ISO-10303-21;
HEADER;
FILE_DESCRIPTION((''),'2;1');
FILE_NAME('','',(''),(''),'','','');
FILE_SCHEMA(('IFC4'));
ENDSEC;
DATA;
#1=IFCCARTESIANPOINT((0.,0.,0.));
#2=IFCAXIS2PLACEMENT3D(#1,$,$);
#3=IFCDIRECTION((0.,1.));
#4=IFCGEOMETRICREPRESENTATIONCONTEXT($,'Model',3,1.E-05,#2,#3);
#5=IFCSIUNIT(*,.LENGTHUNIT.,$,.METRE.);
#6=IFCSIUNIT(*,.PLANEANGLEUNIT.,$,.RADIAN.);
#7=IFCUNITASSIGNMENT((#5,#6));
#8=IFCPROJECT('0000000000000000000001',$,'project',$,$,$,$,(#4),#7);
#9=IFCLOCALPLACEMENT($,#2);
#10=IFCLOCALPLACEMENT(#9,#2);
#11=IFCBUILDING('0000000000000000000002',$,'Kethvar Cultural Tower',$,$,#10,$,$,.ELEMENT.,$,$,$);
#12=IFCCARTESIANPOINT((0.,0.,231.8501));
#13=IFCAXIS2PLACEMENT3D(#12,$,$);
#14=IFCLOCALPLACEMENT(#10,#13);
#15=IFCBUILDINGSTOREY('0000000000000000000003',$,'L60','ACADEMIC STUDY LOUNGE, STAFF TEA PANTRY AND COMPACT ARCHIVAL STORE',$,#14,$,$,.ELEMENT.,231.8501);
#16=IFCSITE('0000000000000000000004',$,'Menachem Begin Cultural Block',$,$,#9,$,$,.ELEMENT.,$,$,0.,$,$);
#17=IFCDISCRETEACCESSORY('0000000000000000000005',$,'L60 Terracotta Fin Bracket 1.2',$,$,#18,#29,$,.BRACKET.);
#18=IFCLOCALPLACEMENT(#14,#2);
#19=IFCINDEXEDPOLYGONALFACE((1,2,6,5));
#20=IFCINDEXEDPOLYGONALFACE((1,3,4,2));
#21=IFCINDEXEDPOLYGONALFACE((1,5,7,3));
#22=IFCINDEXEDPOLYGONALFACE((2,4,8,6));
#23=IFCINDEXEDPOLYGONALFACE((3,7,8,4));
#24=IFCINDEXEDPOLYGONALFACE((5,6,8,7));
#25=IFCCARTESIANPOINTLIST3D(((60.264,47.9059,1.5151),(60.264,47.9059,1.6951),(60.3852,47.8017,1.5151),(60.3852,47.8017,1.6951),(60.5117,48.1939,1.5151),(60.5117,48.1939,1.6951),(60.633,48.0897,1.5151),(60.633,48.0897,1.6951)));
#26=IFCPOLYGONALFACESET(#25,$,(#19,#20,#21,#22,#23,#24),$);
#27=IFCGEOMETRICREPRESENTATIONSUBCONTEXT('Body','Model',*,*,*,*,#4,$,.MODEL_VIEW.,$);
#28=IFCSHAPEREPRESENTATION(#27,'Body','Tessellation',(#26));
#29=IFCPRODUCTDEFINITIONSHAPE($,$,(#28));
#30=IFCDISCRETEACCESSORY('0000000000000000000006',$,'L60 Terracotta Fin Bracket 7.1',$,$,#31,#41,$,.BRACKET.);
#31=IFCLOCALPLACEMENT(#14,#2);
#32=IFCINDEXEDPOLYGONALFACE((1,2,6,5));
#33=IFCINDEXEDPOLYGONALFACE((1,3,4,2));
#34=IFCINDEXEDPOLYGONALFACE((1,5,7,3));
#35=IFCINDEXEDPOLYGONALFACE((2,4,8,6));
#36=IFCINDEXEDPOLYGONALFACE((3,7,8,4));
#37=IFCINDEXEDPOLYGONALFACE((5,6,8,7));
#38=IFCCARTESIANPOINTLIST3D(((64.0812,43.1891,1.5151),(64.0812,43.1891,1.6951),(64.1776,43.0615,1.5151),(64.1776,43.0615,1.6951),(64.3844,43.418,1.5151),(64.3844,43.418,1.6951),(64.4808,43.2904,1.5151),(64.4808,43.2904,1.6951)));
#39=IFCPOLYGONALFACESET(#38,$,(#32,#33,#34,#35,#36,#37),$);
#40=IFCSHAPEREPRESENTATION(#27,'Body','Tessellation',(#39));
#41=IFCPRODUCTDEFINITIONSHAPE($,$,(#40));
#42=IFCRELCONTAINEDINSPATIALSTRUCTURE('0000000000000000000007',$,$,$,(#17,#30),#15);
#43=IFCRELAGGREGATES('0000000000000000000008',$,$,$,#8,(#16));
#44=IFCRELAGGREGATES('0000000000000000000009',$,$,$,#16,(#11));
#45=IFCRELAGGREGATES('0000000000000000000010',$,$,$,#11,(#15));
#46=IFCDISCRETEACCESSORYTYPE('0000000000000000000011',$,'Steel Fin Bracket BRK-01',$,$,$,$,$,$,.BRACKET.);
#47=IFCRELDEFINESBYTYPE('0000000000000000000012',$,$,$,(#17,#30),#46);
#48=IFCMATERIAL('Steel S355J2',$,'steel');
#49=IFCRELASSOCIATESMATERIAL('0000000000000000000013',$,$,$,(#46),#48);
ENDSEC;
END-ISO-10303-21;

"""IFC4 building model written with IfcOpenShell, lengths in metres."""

from ifc_helpers import new_model, si_unit, direction, frame, origin, origin_2d, place, context, subcontext, project, spatial, rectangle, extrude, source, transform, mapped, material, type_object, element, save


model = new_model("IFC4")

# Units and contexts
model_context = context("Model", 3, precision=1e-05, world=origin(), true_north=direction((0.0, 1.0)))
body_context = subcontext(model_context, "Body", "Model", "MODEL_VIEW")
ifc_project = project(units=[si_unit("LENGTHUNIT", "METRE"), si_unit("PLANEANGLEUNIT", "RADIAN")], contexts=[model_context])

# Site, building, storey
site_placement = place(None, origin())
site = spatial("IfcSite", under=ifc_project, at=site_placement, Name="Menachem Begin Cultural Block", CompositionType="ELEMENT", RefElevation=0.0)
building_placement = place(site_placement, origin())
building = spatial("IfcBuilding", under=site, at=building_placement, Name="Kethvar Cultural Tower", CompositionType="ELEMENT")
storey_placement = place(building_placement, frame((0.0, 0.0, 231.8501)))
storey = spatial("IfcBuildingStorey", under=building, at=storey_placement, Name="L60", Description="ACADEMIC STUDY LOUNGE, STAFF TEA PANTRY AND COMPACT ARCHIVAL STORE", CompositionType="ELEMENT", Elevation=231.8501)

# Shared definitions
ifc_material_1 = material(Name="Steel S355J2", Category="steel")

# Discrete accessories
discrete_accessory_type = type_object("IfcDiscreteAccessoryType", Name="Steel Fin Bracket BRK-01", PredefinedType="BRACKET", material=ifc_material_1)
shared_shape_1 = source(origin(), body_context, "Body", "SweptSolid", [
    extrude(rectangle(XDim=0.3799, YDim=0.1599, at=origin_2d()), origin(), (0.0, 0.0, 1.0), 0.1799),
])
for number, where, z_axis, x_axis, name in (
    (1, (60.4485, 47.9978, 1.5151), (0.0, 0.0, 1.0), (0.652098, 0.758134, 0.0), "L60 Terracotta Fin Bracket 1.2"),
    (2, (64.281, 43.2397, 1.5151), (0.0, 0.0, 1.0), (0.798005, 0.602651, 0.0), "L60 Terracotta Fin Bracket 7.1"),
):
    element("IfcDiscreteAccessory", number, at=place(storey_placement, frame(where, z_axis=z_axis, x_axis=x_axis)), inside=storey, type_object=discrete_accessory_type, Name=name, PredefinedType="BRACKET", context=body_context, shape_type="MappedRepresentation", body=[
        mapped(shared_shape_1, transform((0.0, 0.0, 0.0), scale=1.0)),
    ])

save(model, "model.ifc")
